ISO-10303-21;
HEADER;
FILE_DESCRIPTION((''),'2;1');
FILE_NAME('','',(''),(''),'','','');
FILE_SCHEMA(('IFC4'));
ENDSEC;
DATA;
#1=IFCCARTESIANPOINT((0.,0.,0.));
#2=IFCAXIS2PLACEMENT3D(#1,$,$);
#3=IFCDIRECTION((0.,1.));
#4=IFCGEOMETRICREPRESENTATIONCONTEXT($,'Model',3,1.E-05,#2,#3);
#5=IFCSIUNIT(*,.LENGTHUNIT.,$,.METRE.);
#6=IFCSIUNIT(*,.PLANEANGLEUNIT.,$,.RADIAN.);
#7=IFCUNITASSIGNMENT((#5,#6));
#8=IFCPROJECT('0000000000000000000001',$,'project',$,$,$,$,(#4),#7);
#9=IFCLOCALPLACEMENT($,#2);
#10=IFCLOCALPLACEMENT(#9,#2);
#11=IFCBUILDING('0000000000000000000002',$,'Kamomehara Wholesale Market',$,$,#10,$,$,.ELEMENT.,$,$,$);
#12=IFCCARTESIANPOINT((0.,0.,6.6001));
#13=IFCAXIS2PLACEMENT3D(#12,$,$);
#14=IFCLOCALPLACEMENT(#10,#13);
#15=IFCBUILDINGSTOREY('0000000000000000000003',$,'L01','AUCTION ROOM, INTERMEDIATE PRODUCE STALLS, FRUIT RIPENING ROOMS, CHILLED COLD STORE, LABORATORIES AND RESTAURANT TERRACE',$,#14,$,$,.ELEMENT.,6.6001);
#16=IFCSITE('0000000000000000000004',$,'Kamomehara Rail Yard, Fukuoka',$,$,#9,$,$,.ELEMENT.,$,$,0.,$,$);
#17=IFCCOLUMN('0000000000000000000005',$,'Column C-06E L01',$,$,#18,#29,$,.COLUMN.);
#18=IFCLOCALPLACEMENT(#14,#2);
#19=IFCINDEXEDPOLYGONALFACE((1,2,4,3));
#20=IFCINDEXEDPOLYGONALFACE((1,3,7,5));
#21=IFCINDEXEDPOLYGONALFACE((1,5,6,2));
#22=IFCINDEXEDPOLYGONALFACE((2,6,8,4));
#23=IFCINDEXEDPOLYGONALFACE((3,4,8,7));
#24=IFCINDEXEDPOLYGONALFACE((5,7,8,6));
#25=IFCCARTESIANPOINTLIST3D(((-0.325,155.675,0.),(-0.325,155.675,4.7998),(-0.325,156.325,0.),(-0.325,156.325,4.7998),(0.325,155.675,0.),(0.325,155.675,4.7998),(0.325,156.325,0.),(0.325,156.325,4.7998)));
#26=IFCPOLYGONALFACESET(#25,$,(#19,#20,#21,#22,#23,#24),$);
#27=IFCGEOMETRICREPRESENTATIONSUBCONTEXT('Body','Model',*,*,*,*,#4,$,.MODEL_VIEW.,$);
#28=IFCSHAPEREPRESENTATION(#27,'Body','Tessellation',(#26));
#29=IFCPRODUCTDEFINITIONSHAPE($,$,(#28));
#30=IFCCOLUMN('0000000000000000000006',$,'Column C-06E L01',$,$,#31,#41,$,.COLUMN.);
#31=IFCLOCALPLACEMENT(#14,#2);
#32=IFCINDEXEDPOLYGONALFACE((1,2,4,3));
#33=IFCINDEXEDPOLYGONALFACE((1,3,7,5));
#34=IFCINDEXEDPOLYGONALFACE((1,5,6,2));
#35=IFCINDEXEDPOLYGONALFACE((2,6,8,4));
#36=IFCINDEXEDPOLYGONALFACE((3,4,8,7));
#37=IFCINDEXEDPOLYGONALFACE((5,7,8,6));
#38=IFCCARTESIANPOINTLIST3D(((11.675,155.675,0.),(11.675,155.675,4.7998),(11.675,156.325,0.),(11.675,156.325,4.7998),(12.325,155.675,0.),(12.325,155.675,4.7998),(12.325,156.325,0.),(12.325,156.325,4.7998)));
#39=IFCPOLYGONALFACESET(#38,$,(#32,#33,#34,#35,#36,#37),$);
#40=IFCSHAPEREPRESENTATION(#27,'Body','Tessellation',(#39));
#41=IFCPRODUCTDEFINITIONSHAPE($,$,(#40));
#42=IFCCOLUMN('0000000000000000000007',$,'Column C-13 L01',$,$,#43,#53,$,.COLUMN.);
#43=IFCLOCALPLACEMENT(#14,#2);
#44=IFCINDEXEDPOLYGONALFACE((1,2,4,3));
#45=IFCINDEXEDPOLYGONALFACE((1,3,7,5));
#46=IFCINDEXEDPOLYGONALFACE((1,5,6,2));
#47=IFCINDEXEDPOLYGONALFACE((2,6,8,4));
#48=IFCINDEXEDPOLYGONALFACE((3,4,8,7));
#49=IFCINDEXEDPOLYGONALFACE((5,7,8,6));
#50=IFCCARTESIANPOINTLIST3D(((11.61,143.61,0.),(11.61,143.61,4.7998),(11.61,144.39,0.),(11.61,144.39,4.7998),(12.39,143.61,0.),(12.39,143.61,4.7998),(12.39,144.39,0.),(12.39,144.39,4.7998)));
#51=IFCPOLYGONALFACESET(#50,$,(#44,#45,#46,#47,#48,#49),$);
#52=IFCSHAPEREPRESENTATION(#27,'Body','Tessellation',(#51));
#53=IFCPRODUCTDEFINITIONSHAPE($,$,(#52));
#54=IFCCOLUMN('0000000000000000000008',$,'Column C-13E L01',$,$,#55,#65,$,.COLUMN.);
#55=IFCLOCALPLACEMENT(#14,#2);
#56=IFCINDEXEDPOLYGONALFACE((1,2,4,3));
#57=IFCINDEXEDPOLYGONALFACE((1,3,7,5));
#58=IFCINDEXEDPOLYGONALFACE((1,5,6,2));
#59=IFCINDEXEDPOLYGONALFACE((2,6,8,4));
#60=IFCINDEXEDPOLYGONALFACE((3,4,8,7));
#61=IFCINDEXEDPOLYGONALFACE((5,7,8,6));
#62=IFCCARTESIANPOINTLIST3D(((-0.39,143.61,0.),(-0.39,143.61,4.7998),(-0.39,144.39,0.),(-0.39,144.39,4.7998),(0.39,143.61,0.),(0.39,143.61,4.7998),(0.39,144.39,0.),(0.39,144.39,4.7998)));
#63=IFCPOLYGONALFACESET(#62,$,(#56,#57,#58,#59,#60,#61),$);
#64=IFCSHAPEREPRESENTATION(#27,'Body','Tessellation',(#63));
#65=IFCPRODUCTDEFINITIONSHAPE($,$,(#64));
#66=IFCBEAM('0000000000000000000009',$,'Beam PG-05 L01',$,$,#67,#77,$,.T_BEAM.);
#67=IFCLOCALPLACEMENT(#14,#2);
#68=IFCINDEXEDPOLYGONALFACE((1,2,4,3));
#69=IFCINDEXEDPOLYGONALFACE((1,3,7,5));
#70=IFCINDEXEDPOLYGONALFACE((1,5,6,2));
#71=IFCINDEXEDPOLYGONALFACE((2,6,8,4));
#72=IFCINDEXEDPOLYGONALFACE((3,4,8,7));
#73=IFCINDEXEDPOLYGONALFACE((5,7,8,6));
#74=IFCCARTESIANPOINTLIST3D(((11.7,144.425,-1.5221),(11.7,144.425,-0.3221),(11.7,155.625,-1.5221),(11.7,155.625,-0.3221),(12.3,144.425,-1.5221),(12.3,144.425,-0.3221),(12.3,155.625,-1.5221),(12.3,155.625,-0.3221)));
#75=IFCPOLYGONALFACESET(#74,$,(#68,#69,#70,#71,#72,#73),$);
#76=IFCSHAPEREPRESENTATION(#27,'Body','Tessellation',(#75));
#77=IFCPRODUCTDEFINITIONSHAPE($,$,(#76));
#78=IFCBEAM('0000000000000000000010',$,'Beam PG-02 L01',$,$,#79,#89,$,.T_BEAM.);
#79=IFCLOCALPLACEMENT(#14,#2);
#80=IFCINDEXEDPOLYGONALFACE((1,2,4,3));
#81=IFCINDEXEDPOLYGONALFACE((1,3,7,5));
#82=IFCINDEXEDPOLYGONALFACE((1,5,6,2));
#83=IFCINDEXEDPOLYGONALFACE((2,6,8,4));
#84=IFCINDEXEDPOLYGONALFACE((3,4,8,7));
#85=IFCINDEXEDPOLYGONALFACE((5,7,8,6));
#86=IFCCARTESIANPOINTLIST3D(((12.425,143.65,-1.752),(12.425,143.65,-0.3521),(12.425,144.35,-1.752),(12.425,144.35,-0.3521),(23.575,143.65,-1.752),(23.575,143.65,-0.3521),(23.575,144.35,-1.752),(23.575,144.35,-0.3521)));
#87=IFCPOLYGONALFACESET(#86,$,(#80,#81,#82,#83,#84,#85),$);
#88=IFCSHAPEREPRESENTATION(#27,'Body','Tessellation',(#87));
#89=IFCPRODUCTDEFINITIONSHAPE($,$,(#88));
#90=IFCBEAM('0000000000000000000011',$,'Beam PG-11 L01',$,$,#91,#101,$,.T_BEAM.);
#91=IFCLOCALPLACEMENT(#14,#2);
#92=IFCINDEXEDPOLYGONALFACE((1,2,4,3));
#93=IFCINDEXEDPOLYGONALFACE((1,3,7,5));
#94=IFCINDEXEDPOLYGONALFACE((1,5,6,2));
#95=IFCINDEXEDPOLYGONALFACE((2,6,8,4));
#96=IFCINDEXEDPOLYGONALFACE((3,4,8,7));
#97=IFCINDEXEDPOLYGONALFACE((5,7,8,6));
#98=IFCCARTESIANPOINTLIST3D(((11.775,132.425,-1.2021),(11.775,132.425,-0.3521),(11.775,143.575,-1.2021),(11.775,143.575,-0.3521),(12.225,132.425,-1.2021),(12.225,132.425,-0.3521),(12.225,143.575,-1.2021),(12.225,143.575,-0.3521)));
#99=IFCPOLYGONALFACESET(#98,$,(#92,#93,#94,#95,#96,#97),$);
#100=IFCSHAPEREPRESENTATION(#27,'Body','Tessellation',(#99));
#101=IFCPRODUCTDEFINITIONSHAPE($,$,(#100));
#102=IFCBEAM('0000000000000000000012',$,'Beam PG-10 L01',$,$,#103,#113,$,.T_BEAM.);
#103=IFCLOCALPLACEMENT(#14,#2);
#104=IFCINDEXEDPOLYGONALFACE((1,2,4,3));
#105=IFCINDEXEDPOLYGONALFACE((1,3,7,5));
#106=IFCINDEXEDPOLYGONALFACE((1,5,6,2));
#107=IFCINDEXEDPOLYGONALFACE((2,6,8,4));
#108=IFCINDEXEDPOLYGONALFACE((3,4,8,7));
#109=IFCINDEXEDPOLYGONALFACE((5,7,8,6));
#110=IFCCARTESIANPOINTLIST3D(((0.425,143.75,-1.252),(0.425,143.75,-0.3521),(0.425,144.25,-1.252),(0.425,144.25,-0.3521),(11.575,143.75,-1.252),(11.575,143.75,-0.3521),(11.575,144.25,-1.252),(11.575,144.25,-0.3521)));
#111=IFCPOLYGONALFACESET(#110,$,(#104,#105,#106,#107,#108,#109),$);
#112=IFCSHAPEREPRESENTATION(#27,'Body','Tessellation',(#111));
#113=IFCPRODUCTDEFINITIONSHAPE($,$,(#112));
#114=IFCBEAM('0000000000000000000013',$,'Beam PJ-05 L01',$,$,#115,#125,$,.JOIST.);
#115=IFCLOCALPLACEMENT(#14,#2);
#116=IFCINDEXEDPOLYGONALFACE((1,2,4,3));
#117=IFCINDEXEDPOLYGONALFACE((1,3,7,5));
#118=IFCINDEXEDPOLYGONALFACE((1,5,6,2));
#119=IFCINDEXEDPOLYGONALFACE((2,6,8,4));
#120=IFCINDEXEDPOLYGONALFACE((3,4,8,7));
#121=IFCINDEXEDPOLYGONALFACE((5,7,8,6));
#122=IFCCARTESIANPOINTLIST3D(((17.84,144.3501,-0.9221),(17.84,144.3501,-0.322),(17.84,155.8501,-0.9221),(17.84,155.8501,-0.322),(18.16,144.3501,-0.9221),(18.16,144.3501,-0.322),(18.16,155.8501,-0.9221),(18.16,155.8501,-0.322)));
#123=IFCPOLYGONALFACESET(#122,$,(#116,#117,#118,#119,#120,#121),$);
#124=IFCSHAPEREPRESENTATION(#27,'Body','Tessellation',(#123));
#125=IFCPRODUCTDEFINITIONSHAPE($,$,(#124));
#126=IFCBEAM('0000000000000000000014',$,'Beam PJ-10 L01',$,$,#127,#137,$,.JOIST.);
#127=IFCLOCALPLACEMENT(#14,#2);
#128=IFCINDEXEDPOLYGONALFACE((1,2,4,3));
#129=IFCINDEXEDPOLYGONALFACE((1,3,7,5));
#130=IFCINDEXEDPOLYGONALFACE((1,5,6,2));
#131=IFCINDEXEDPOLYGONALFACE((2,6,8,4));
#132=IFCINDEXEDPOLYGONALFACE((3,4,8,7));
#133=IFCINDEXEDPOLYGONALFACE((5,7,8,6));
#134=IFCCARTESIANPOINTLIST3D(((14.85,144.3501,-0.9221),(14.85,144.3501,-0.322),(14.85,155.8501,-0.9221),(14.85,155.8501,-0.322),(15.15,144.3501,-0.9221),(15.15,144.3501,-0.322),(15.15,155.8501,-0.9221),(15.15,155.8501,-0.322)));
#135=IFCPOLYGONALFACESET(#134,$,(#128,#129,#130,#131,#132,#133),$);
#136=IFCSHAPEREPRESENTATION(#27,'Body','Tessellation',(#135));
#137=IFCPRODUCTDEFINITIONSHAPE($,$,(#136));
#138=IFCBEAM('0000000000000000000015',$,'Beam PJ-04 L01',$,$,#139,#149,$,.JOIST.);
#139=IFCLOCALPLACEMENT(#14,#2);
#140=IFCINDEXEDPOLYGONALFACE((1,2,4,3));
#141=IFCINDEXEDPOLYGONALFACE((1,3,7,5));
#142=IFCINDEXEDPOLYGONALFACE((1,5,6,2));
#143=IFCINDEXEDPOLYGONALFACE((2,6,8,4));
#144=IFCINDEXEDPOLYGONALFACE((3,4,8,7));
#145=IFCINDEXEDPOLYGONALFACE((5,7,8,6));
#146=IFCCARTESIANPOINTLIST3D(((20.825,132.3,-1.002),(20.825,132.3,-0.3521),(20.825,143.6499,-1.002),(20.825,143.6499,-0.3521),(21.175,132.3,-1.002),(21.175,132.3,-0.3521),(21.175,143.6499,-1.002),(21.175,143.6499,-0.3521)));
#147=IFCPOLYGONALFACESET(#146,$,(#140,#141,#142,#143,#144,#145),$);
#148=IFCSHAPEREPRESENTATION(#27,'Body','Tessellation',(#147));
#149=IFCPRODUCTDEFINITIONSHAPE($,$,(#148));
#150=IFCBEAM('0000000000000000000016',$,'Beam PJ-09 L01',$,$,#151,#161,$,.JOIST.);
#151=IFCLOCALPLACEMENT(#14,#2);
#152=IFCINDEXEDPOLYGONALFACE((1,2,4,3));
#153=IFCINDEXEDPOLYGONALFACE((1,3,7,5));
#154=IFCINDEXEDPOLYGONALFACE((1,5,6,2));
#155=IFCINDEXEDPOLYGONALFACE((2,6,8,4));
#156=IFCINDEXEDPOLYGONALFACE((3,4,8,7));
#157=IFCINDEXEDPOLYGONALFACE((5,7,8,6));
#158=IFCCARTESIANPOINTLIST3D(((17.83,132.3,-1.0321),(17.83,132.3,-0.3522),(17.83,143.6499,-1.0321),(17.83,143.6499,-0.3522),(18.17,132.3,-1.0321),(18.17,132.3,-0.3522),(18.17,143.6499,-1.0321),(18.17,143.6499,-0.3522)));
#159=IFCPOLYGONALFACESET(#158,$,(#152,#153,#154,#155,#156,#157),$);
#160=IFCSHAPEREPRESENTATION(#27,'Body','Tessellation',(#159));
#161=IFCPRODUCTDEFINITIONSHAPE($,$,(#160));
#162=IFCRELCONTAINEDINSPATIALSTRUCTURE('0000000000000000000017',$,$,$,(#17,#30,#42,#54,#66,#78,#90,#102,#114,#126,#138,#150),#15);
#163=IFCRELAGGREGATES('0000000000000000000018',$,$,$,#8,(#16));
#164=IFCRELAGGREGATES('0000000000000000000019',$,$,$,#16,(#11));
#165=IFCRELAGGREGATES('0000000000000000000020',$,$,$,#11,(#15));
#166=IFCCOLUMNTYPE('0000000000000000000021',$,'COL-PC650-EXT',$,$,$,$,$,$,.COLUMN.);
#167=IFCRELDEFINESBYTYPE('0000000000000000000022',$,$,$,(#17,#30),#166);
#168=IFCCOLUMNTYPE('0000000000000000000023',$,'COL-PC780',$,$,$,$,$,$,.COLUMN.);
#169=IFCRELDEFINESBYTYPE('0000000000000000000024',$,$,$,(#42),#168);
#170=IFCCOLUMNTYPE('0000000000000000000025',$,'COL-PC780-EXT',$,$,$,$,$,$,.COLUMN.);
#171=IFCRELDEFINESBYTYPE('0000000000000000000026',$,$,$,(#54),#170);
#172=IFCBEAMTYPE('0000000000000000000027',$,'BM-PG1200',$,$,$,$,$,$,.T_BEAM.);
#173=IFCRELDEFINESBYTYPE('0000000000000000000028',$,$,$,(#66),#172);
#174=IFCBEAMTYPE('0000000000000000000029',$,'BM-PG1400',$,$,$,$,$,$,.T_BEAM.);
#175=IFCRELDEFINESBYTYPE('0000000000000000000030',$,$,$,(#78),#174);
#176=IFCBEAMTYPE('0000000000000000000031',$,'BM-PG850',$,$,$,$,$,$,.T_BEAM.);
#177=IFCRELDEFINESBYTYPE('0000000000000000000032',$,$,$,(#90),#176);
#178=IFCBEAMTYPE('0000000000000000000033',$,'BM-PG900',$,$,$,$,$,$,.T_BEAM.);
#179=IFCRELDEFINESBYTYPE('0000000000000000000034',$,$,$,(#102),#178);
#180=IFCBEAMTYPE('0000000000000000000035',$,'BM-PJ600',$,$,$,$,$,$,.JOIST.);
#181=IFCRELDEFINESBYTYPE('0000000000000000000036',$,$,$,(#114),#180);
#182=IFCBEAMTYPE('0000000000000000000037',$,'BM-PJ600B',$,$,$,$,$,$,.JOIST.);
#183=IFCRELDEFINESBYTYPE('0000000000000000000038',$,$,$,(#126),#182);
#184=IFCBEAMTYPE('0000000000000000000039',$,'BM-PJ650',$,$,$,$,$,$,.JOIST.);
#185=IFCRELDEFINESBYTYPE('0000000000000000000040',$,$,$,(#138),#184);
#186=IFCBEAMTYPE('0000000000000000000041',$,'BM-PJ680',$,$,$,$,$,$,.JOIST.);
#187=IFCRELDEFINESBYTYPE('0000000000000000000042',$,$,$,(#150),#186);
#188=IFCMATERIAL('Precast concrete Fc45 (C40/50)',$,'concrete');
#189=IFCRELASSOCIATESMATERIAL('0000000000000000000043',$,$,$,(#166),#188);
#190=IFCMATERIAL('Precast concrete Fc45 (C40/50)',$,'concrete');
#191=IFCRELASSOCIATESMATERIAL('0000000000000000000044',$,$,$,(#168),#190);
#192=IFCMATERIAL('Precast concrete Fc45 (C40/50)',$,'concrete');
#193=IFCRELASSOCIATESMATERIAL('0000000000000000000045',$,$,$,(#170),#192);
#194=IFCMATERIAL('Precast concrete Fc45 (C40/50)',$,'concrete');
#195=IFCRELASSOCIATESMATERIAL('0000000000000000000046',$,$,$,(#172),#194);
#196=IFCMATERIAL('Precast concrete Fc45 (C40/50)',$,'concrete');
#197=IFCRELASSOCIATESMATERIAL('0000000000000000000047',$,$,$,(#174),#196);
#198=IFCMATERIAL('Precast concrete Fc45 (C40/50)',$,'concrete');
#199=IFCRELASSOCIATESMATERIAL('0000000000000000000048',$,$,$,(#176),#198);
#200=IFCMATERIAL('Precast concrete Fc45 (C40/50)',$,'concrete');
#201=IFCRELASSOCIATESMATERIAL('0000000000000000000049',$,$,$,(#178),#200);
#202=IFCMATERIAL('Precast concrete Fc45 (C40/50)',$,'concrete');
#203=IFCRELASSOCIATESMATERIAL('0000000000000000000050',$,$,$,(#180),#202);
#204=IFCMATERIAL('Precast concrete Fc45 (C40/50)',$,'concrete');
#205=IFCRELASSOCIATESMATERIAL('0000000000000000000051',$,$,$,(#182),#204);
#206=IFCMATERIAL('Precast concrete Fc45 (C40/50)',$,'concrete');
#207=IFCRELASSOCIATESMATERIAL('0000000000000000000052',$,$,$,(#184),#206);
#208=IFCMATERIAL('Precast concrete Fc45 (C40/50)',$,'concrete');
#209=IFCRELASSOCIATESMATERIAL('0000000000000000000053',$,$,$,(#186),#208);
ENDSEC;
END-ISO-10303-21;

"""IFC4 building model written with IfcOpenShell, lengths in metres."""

from ifc_helpers import new_model, si_unit, direction, frame, origin, origin_2d, place, context, subcontext, project, spatial, rectangle, extrude, material, material_profile, profile_set, type_object, element, save


model = new_model("IFC4")

# Units and contexts
model_context = context("Model", 3, precision=1e-05, world=origin(), true_north=direction((0.0, 1.0)))
body_context = subcontext(model_context, "Body", "Model", "MODEL_VIEW")
ifc_project = project(units=[si_unit("LENGTHUNIT", "METRE"), si_unit("PLANEANGLEUNIT", "RADIAN")], contexts=[model_context])

# Site, building, storey
site_placement = place(None, origin())
site = spatial("IfcSite", under=ifc_project, at=site_placement, Name="Kamomehara Rail Yard, Fukuoka", CompositionType="ELEMENT", RefElevation=0.0)
building_placement = place(site_placement, origin())
building = spatial("IfcBuilding", under=site, at=building_placement, Name="Kamomehara Wholesale Market", CompositionType="ELEMENT")
storey_placement = place(building_placement, frame((0.0, 0.0, 6.6001)))
storey = spatial("IfcBuildingStorey", under=building, at=storey_placement, Name="L01", Description="AUCTION ROOM, INTERMEDIATE PRODUCE STALLS, FRUIT RIPENING ROOMS, CHILLED COLD STORE, LABORATORIES AND RESTAURANT TERRACE", CompositionType="ELEMENT", Elevation=6.6001)

# Columns
ifc_material_1 = material(Name="Precast concrete Fc45 (C40/50)", Category="concrete")
ifc_material_profile_1 = material_profile(ifc_material_1, rectangle(XDim=0.6499, YDim=0.6499, at=origin_2d()), Name="PC-COL-650x650")
ifc_profile_set_1 = profile_set([ifc_material_profile_1], Name="Precast concrete Fc45 (C40/50)")
column_type_1 = type_object("IfcColumnType", Name="COL-PC650-EXT", PredefinedType="COLUMN", material=ifc_profile_set_1)
for number, where, z_axis, x_axis, name in (
    (1, (0.0, 156.0, 0.0), (0.0, 0.0, 1.0), (1.0, 0.0, 0.0), "Column C-06E L01"),
    (2, (12.0, 156.0, 0.0), (0.0, 0.0, 1.0), (1.0, 0.0, 0.0), "Column C-06E L01"),
):
    element("IfcColumn", number, at=place(storey_placement, frame(where, z_axis=z_axis, x_axis=x_axis)), inside=storey, type_object=column_type_1, Name=name, PredefinedType="COLUMN", context=body_context, shape_type="SweptSolid", body=[
        extrude(rectangle(XDim=0.6499, YDim=0.6499, at=origin_2d()), origin(), (0.0, 0.0, 1.0), 4.7998),
    ])
ifc_material_2 = material(Name="Precast concrete Fc45 (C40/50)", Category="concrete")
ifc_material_profile_2 = material_profile(ifc_material_2, rectangle(XDim=0.78, YDim=0.78, at=origin_2d()), Name="PC-COL-780x780")
ifc_profile_set_2 = profile_set([ifc_material_profile_2], Name="Precast concrete Fc45 (C40/50)")
column_type_2 = type_object("IfcColumnType", Name="COL-PC780", PredefinedType="COLUMN", material=ifc_profile_set_2)
column_1_placement = place(storey_placement, frame((12.0, 144.0, 0.0), z_axis=(0.0, 0.0, 1.0), x_axis=(1.0, 0.0, 0.0)))
element("IfcColumn", 3, at=column_1_placement, inside=storey, type_object=column_type_2, Name="Column C-13 L01", PredefinedType="COLUMN", context=body_context, shape_type="SweptSolid", body=[
    extrude(rectangle(XDim=0.78, YDim=0.78, at=origin_2d()), origin(), (0.0, 0.0, 1.0), 4.7998),
])
ifc_material_3 = material(Name="Precast concrete Fc45 (C40/50)", Category="concrete")
ifc_material_profile_3 = material_profile(ifc_material_3, rectangle(XDim=0.78, YDim=0.78, at=origin_2d()), Name="PC-COL-780x780")
ifc_profile_set_3 = profile_set([ifc_material_profile_3], Name="Precast concrete Fc45 (C40/50)")
column_type_3 = type_object("IfcColumnType", Name="COL-PC780-EXT", PredefinedType="COLUMN", material=ifc_profile_set_3)
column_2_placement = place(storey_placement, frame((0.0, 144.0, 0.0), z_axis=(0.0, 0.0, 1.0), x_axis=(1.0, 0.0, 0.0)))
element("IfcColumn", 4, at=column_2_placement, inside=storey, type_object=column_type_3, Name="Column C-13E L01", PredefinedType="COLUMN", context=body_context, shape_type="SweptSolid", body=[
    extrude(rectangle(XDim=0.78, YDim=0.78, at=origin_2d()), origin(), (0.0, 0.0, 1.0), 4.7998),
])

# Beams
ifc_material_4 = material(Name="Precast concrete Fc45 (C40/50)", Category="concrete")
ifc_material_profile_4 = material_profile(ifc_material_4, rectangle(XDim=0.6001, YDim=1.2, at=origin_2d()), Name="PC-GRD-600x1200")
ifc_profile_set_4 = profile_set([ifc_material_profile_4], Name="Precast concrete Fc45 (C40/50)")
beam_type_1 = type_object("IfcBeamType", Name="BM-PG1200", PredefinedType="T_BEAM", material=ifc_profile_set_4)
beam_1_placement = place(storey_placement, frame((12.0, 144.425, -0.9221), z_axis=(0.0, 1.0, 0.0), x_axis=(-1.0, 0.0, 0.0)))
element("IfcBeam", 5, at=beam_1_placement, inside=storey, type_object=beam_type_1, Name="Beam PG-05 L01", PredefinedType="T_BEAM", context=body_context, shape_type="SweptSolid", body=[
    extrude(rectangle(XDim=0.6001, YDim=1.2, at=origin_2d()), origin(), (0.0, 0.0, 1.0), 11.2),
])
ifc_material_5 = material(Name="Precast concrete Fc45 (C40/50)", Category="concrete")
ifc_material_profile_5 = material_profile(ifc_material_5, rectangle(XDim=0.7, YDim=1.3999, at=origin_2d()), Name="PC-GRD-700x1400")
ifc_profile_set_5 = profile_set([ifc_material_profile_5], Name="Precast concrete Fc45 (C40/50)")
beam_type_2 = type_object("IfcBeamType", Name="BM-PG1400", PredefinedType="T_BEAM", material=ifc_profile_set_5)
beam_2_placement = place(storey_placement, frame((12.425, 144.0, -1.052), z_axis=(1.0, 0.0, 0.0), x_axis=(0.0, 1.0, 0.0)))
element("IfcBeam", 6, at=beam_2_placement, inside=storey, type_object=beam_type_2, Name="Beam PG-02 L01", PredefinedType="T_BEAM", context=body_context, shape_type="SweptSolid", body=[
    extrude(rectangle(XDim=0.7, YDim=1.3999, at=origin_2d()), origin(), (0.0, 0.0, 1.0), 11.1499),
])
ifc_material_6 = material(Name="Precast concrete Fc45 (C40/50)", Category="concrete")
ifc_material_profile_6 = material_profile(ifc_material_6, rectangle(XDim=0.45, YDim=0.8501, at=origin_2d()), Name="PC-GRD-450x850")
ifc_profile_set_6 = profile_set([ifc_material_profile_6], Name="Precast concrete Fc45 (C40/50)")
beam_type_3 = type_object("IfcBeamType", Name="BM-PG850", PredefinedType="T_BEAM", material=ifc_profile_set_6)
beam_3_placement = place(storey_placement, frame((12.0, 132.425, -0.7771), z_axis=(0.0, 1.0, 0.0), x_axis=(-1.0, 0.0, 0.0)))
element("IfcBeam", 7, at=beam_3_placement, inside=storey, type_object=beam_type_3, Name="Beam PG-11 L01", PredefinedType="T_BEAM", context=body_context, shape_type="SweptSolid", body=[
    extrude(rectangle(XDim=0.45, YDim=0.8501, at=origin_2d()), origin(), (0.0, 0.0, 1.0), 11.1499),
])
ifc_material_7 = material(Name="Precast concrete Fc45 (C40/50)", Category="concrete")
ifc_material_profile_7 = material_profile(ifc_material_7, rectangle(XDim=0.5, YDim=0.8999, at=origin_2d()), Name="PC-GRD-500x900")
ifc_profile_set_7 = profile_set([ifc_material_profile_7], Name="Precast concrete Fc45 (C40/50)")
beam_type_4 = type_object("IfcBeamType", Name="BM-PG900", PredefinedType="T_BEAM", material=ifc_profile_set_7)
beam_4_placement = place(storey_placement, frame((0.425, 144.0, -0.802), z_axis=(1.0, 0.0, 0.0), x_axis=(0.0, 1.0, 0.0)))
element("IfcBeam", 8, at=beam_4_placement, inside=storey, type_object=beam_type_4, Name="Beam PG-10 L01", PredefinedType="T_BEAM", context=body_context, shape_type="SweptSolid", body=[
    extrude(rectangle(XDim=0.5, YDim=0.8999, at=origin_2d()), origin(), (0.0, 0.0, 1.0), 11.1499),
])
ifc_material_8 = material(Name="Precast concrete Fc45 (C40/50)", Category="concrete")
ifc_material_profile_8 = material_profile(ifc_material_8, rectangle(XDim=0.3201, YDim=0.6001, at=origin_2d()), Name="PC-JST-320x600")
ifc_profile_set_8 = profile_set([ifc_material_profile_8], Name="Precast concrete Fc45 (C40/50)")
beam_type_5 = type_object("IfcBeamType", Name="BM-PJ600", PredefinedType="JOIST", material=ifc_profile_set_8)
beam_5_placement = place(storey_placement, frame((18.0, 144.3501, -0.6221), z_axis=(0.0, 1.0, 0.0), x_axis=(-1.0, 0.0, 0.0)))
element("IfcBeam", 9, at=beam_5_placement, inside=storey, type_object=beam_type_5, Name="Beam PJ-05 L01", PredefinedType="JOIST", context=body_context, shape_type="SweptSolid", body=[
    extrude(rectangle(XDim=0.3201, YDim=0.6001, at=origin_2d()), origin(), (0.0, 0.0, 1.0), 11.5),
])
ifc_material_9 = material(Name="Precast concrete Fc45 (C40/50)", Category="concrete")
ifc_material_profile_9 = material_profile(ifc_material_9, rectangle(XDim=0.3, YDim=0.6001, at=origin_2d()), Name="PC-JST-300x600")
ifc_profile_set_9 = profile_set([ifc_material_profile_9], Name="Precast concrete Fc45 (C40/50)")
beam_type_6 = type_object("IfcBeamType", Name="BM-PJ600B", PredefinedType="JOIST", material=ifc_profile_set_9)
beam_6_placement = place(storey_placement, frame((15.0, 144.3501, -0.6221), z_axis=(0.0, 1.0, 0.0), x_axis=(-1.0, 0.0, 0.0)))
element("IfcBeam", 10, at=beam_6_placement, inside=storey, type_object=beam_type_6, Name="Beam PJ-10 L01", PredefinedType="JOIST", context=body_context, shape_type="SweptSolid", body=[
    extrude(rectangle(XDim=0.3, YDim=0.6001, at=origin_2d()), origin(), (0.0, 0.0, 1.0), 11.5),
])
ifc_material_10 = material(Name="Precast concrete Fc45 (C40/50)", Category="concrete")
ifc_material_profile_10 = material_profile(ifc_material_10, rectangle(XDim=0.3501, YDim=0.6499, at=origin_2d()), Name="PC-JST-350x650")
ifc_profile_set_10 = profile_set([ifc_material_profile_10], Name="Precast concrete Fc45 (C40/50)")
beam_type_7 = type_object("IfcBeamType", Name="BM-PJ650", PredefinedType="JOIST", material=ifc_profile_set_10)
beam_7_placement = place(storey_placement, frame((21.0, 132.3, -0.677), z_axis=(0.0, 1.0, 0.0), x_axis=(-1.0, 0.0, 0.0)))
element("IfcBeam", 11, at=beam_7_placement, inside=storey, type_object=beam_type_7, Name="Beam PJ-04 L01", PredefinedType="JOIST", context=body_context, shape_type="SweptSolid", body=[
    extrude(rectangle(XDim=0.3501, YDim=0.6499, at=origin_2d()), origin(), (0.0, 0.0, 1.0), 11.3499),
])
ifc_material_11 = material(Name="Precast concrete Fc45 (C40/50)", Category="concrete")
ifc_material_profile_11 = material_profile(ifc_material_11, rectangle(XDim=0.3401, YDim=0.6799, at=origin_2d()), Name="PC-JST-340x680")
ifc_profile_set_11 = profile_set([ifc_material_profile_11], Name="Precast concrete Fc45 (C40/50)")
beam_type_8 = type_object("IfcBeamType", Name="BM-PJ680", PredefinedType="JOIST", material=ifc_profile_set_11)
beam_8_placement = place(storey_placement, frame((18.0, 132.3, -0.6921), z_axis=(0.0, 1.0, 0.0), x_axis=(-1.0, 0.0, 0.0)))
element("IfcBeam", 12, at=beam_8_placement, inside=storey, type_object=beam_type_8, Name="Beam PJ-09 L01", PredefinedType="JOIST", context=body_context, shape_type="SweptSolid", body=[
    extrude(rectangle(XDim=0.3401, YDim=0.6799, at=origin_2d()), origin(), (0.0, 0.0, 1.0), 11.3499),
])

save(model, "model.ifc")
